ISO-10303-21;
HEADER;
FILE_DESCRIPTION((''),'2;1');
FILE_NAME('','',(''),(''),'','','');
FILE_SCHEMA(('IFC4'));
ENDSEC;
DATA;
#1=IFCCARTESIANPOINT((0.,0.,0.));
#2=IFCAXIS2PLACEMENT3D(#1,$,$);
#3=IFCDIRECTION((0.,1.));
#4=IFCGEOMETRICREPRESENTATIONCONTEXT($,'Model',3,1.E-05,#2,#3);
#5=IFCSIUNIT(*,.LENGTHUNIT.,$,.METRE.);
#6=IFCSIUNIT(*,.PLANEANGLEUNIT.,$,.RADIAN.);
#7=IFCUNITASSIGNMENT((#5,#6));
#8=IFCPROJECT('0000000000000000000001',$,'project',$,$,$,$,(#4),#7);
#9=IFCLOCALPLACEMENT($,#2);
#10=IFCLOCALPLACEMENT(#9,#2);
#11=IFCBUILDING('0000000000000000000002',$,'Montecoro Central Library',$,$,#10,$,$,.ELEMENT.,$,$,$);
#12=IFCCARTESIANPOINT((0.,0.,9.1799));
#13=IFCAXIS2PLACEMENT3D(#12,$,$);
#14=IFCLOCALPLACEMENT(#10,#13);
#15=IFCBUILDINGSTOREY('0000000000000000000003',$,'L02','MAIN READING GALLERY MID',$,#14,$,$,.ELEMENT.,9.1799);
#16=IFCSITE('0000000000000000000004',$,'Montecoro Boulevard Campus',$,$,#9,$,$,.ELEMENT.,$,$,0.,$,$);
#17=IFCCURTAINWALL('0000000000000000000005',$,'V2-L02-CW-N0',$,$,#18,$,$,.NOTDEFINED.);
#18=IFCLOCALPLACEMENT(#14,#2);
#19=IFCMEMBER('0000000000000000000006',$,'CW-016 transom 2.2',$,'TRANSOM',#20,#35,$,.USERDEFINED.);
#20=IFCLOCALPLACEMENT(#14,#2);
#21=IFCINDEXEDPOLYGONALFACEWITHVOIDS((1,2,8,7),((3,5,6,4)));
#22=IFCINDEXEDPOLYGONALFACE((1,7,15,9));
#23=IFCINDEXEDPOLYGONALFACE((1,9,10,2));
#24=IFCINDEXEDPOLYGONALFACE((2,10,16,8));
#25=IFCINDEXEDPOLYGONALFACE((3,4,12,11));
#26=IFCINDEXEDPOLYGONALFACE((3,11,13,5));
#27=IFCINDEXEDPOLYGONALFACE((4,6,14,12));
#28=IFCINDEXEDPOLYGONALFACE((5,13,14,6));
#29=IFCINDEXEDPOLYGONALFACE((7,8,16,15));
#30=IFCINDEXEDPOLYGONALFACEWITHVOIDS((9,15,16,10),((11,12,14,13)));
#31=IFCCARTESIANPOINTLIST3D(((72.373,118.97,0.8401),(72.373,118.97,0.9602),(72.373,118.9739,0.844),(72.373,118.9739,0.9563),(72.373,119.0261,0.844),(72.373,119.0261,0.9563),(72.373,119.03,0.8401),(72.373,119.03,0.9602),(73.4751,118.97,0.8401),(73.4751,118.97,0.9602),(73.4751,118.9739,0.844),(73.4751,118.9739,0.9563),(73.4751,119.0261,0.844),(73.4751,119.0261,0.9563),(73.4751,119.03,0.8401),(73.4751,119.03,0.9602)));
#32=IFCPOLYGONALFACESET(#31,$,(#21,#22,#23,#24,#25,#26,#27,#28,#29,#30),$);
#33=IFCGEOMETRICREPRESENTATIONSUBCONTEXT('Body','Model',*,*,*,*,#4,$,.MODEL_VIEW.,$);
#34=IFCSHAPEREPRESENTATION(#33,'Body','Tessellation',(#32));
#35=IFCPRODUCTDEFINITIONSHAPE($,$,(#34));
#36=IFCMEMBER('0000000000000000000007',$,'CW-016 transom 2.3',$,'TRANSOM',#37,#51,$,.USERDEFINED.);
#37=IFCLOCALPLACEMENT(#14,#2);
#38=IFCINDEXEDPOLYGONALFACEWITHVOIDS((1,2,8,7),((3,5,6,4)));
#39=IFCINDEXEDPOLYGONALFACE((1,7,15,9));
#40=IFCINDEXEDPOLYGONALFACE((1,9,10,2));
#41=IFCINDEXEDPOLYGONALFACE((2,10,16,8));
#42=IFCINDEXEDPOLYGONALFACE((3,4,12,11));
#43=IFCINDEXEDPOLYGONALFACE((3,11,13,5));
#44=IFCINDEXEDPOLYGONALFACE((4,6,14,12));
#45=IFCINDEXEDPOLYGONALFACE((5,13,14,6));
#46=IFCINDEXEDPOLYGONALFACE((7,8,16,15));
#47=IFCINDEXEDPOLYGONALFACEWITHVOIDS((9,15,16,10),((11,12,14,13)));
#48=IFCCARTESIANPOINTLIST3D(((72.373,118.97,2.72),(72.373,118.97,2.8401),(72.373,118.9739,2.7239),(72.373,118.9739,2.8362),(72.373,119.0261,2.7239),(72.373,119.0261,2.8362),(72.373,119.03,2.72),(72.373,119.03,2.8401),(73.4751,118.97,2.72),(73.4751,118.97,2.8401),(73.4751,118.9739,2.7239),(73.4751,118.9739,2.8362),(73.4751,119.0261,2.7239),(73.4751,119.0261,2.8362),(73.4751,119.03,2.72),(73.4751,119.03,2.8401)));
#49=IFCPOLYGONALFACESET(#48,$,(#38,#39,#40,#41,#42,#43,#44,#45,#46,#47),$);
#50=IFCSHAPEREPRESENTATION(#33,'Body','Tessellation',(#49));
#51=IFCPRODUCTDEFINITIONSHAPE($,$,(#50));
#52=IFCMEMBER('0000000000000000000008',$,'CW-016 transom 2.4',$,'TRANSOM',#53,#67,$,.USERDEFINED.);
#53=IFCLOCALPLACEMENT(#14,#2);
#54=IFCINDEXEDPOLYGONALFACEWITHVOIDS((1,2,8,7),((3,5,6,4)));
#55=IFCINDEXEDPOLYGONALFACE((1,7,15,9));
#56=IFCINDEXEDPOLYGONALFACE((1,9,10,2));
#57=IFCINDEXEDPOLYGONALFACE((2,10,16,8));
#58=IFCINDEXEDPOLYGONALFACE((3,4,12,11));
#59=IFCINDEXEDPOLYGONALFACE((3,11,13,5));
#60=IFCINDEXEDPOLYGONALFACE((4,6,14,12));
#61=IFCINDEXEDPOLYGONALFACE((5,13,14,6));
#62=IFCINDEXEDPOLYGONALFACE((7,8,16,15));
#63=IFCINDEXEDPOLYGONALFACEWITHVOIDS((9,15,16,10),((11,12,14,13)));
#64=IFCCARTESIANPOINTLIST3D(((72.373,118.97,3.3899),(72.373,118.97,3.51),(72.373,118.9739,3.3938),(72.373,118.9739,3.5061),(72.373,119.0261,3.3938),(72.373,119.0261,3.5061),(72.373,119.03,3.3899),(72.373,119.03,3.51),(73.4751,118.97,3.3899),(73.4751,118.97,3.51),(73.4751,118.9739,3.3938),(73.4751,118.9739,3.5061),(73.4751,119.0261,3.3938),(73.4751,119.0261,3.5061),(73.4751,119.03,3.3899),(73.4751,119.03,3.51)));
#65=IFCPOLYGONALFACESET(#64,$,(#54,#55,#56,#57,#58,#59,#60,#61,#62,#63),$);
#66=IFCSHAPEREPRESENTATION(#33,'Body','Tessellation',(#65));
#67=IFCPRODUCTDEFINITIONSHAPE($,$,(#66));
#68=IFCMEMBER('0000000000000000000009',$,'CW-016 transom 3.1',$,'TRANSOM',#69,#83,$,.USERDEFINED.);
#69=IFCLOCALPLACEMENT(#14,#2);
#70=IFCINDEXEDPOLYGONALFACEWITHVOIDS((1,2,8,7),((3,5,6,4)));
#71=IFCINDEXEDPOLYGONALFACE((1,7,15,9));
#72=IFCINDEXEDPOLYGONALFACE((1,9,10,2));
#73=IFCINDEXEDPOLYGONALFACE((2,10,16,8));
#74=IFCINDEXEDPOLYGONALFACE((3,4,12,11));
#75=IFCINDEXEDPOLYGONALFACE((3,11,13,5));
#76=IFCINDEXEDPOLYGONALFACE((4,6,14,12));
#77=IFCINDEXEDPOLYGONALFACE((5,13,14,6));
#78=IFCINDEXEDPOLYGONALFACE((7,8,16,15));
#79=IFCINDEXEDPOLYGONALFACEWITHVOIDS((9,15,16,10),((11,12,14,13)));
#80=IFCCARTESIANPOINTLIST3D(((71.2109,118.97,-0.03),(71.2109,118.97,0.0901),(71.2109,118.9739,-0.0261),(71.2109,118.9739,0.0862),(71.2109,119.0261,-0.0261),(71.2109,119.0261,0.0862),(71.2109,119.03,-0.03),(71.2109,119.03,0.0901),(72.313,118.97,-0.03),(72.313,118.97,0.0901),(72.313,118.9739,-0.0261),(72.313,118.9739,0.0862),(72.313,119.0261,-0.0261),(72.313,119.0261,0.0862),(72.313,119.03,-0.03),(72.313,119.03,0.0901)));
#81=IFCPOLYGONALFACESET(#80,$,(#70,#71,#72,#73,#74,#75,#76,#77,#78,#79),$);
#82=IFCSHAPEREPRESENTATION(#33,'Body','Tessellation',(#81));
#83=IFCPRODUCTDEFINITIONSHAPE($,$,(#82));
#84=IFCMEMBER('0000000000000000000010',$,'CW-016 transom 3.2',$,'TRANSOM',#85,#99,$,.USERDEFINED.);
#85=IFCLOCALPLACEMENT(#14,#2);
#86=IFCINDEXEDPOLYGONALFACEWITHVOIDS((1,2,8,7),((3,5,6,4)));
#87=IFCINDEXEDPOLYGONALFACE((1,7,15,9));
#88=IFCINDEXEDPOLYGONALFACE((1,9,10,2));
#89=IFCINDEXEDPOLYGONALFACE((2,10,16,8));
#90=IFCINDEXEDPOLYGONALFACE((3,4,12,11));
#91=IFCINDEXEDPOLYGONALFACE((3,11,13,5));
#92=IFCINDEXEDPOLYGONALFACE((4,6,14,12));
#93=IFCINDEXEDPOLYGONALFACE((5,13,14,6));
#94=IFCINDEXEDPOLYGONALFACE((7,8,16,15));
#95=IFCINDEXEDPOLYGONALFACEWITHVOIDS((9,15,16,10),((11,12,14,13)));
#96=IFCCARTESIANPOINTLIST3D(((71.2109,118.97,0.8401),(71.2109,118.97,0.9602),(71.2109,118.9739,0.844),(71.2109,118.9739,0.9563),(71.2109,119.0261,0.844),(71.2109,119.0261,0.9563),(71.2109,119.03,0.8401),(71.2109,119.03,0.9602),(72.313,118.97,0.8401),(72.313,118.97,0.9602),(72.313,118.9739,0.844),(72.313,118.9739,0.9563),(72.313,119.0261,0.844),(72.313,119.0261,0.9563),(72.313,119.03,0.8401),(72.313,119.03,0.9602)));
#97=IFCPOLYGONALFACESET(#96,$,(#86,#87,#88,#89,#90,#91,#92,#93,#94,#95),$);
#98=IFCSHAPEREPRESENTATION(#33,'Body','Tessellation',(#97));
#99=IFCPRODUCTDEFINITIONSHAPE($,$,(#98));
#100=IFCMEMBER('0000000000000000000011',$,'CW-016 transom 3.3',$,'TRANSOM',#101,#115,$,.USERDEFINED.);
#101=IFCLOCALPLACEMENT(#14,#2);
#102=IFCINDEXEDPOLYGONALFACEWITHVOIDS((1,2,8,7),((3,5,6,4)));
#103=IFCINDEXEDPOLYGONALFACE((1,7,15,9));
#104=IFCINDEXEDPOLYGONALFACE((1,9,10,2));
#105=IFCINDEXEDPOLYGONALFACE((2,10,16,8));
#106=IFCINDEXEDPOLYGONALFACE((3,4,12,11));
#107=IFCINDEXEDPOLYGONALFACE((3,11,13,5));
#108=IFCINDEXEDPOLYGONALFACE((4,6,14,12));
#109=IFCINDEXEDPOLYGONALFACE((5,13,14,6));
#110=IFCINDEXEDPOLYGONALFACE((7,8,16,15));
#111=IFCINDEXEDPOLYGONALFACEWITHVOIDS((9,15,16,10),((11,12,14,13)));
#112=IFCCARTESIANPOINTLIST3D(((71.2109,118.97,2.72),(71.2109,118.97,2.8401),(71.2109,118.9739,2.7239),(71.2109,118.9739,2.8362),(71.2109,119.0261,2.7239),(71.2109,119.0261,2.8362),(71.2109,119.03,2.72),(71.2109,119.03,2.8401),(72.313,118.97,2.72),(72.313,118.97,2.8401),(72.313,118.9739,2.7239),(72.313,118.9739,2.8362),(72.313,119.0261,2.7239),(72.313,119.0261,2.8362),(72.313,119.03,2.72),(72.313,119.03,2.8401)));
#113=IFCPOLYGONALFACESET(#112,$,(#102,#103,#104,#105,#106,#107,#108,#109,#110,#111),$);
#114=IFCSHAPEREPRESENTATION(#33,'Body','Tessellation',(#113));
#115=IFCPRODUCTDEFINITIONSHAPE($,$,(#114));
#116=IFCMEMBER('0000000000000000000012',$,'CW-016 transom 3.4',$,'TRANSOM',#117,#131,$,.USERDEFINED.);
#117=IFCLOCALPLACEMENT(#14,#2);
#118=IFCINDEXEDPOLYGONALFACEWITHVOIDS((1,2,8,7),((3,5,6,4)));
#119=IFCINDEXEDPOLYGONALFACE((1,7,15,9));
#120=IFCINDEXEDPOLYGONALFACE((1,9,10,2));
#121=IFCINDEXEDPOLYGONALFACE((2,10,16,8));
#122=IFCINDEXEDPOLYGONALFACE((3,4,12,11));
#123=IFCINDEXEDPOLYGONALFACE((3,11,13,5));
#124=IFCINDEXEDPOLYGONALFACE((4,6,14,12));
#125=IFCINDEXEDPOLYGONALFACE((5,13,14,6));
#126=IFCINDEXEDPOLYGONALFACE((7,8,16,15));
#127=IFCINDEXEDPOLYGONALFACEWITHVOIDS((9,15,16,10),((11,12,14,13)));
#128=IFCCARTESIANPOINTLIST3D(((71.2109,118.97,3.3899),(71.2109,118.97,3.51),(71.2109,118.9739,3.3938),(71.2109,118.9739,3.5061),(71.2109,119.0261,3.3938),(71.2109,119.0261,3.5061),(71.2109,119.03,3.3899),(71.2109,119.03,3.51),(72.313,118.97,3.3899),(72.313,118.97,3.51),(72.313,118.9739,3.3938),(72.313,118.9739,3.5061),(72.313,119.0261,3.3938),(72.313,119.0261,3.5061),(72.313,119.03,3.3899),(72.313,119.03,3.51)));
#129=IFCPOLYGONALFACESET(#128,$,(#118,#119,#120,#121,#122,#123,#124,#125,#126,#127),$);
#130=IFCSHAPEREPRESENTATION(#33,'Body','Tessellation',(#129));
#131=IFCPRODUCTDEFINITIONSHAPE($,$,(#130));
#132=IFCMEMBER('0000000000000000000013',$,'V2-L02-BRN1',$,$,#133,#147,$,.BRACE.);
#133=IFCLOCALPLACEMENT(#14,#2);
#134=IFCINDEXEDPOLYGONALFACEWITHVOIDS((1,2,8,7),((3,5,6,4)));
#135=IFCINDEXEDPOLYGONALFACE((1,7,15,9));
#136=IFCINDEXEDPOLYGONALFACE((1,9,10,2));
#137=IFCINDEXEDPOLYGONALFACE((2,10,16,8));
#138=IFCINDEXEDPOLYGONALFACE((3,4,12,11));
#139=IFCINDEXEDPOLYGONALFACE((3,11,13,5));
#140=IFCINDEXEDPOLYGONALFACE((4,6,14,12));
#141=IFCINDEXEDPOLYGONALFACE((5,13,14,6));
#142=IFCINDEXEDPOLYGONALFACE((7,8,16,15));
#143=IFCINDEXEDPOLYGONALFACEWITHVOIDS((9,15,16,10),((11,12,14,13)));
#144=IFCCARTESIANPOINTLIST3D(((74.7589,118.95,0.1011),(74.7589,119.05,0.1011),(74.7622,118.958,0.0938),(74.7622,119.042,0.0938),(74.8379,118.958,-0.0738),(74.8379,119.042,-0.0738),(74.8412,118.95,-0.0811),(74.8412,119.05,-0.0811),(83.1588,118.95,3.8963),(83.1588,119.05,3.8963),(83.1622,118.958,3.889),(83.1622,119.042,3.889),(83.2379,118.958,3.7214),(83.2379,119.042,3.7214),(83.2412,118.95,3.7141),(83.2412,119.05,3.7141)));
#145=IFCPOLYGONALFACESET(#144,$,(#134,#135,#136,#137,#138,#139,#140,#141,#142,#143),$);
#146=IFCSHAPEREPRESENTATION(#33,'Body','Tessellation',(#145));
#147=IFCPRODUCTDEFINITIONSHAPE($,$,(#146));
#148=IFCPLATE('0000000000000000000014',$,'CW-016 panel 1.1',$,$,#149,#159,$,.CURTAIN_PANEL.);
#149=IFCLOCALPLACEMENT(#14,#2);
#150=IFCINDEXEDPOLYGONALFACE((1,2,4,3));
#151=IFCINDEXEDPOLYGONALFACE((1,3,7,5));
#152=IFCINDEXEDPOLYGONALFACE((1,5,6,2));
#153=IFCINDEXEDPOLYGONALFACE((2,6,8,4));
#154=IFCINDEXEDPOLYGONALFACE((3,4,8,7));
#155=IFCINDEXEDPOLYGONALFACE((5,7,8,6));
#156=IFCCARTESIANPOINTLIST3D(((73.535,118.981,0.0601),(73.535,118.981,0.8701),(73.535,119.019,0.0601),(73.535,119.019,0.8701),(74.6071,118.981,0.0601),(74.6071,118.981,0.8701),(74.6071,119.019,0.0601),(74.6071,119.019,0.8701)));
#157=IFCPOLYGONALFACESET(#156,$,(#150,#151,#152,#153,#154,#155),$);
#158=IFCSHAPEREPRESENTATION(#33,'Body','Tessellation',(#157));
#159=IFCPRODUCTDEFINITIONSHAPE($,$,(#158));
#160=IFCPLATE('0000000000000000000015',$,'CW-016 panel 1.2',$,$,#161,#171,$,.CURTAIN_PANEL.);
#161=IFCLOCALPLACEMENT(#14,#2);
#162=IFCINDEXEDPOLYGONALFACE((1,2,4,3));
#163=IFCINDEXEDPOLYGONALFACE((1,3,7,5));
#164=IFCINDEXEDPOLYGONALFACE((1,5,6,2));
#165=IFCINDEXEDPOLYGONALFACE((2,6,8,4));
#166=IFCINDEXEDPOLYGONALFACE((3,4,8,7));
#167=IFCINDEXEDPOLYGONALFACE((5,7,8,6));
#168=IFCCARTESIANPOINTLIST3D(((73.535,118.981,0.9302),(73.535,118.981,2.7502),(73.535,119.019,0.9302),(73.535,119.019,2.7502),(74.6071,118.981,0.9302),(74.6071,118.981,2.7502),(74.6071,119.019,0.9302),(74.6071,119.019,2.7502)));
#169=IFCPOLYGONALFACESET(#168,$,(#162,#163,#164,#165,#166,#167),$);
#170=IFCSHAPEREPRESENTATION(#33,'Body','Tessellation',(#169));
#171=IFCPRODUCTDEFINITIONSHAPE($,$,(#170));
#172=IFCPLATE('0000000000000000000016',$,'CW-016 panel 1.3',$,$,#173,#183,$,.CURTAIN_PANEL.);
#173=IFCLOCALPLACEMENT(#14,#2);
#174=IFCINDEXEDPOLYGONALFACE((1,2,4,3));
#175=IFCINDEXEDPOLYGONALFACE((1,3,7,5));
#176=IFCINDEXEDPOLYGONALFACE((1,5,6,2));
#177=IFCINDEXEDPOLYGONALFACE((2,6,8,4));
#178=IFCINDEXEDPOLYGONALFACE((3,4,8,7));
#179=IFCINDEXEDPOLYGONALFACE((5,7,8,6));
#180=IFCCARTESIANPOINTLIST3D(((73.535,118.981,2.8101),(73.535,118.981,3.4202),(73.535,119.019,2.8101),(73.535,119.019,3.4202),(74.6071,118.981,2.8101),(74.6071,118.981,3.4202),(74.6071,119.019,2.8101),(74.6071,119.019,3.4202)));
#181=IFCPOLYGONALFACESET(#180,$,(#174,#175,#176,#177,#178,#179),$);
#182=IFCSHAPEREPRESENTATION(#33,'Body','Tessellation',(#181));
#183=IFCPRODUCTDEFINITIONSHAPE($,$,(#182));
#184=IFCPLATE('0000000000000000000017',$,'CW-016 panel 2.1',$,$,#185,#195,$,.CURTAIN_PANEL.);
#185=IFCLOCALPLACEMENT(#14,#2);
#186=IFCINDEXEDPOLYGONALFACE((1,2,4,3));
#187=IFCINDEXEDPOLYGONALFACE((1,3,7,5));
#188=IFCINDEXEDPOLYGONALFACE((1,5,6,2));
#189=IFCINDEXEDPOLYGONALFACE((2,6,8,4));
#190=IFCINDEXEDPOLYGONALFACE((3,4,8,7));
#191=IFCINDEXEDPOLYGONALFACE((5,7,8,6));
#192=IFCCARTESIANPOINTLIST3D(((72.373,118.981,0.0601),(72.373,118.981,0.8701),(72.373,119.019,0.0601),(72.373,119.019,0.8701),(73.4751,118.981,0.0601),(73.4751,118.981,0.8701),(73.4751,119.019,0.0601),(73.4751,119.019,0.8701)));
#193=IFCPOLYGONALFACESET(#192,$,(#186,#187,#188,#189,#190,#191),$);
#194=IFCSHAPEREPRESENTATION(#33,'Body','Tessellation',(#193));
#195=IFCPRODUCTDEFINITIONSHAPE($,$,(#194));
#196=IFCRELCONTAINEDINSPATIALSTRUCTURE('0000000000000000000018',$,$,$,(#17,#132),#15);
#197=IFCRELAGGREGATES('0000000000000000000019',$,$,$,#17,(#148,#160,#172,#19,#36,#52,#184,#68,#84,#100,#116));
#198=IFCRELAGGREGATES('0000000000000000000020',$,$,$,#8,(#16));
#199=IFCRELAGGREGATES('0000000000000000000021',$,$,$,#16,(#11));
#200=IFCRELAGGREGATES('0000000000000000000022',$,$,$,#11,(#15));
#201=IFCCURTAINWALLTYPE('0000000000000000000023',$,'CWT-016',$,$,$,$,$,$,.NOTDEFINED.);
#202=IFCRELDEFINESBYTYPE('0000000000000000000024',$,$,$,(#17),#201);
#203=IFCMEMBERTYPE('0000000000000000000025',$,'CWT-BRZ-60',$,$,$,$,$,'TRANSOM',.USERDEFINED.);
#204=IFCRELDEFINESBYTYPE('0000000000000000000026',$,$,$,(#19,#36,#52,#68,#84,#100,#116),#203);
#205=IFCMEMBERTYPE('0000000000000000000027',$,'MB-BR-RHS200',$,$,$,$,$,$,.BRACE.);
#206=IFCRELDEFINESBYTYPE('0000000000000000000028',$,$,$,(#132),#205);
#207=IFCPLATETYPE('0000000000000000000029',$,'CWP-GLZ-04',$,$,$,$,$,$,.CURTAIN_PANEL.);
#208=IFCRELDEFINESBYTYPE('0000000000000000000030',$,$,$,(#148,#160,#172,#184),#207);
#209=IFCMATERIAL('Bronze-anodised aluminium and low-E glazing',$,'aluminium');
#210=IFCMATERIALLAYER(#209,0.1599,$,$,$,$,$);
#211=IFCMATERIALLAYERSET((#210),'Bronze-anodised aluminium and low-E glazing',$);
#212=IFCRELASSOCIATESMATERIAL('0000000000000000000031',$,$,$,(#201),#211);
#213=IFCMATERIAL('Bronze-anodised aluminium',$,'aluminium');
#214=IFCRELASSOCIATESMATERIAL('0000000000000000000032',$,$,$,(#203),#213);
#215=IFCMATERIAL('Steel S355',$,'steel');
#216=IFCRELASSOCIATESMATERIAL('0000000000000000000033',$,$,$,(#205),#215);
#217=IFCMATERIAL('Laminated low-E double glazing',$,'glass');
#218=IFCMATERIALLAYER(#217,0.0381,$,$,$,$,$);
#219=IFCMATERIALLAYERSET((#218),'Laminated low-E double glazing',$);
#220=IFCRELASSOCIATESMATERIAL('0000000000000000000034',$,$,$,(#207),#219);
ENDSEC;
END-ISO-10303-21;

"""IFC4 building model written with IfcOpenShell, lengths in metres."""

from ifc_helpers import new_model, si_unit, direction, frame, origin, origin_2d, place, context, subcontext, project, spatial, rectangle, hollow_rectangle, extrude, material, layer, layer_set, material_profile, profile_set, type_object, element, aggregate, save


model = new_model("IFC4")

# Units and contexts
model_context = context("Model", 3, precision=1e-05, world=origin(), true_north=direction((0.0, 1.0)))
body_context = subcontext(model_context, "Body", "Model", "MODEL_VIEW")
ifc_project = project(units=[si_unit("LENGTHUNIT", "METRE"), si_unit("PLANEANGLEUNIT", "RADIAN")], contexts=[model_context])

# Site, building, storey
site_placement = place(None, origin())
site = spatial("IfcSite", under=ifc_project, at=site_placement, Name="Montecoro Boulevard Campus", CompositionType="ELEMENT", RefElevation=0.0)
building_placement = place(site_placement, origin())
building = spatial("IfcBuilding", under=site, at=building_placement, Name="Montecoro Central Library", CompositionType="ELEMENT")
storey_placement = place(building_placement, frame((0.0, 0.0, 9.1799)))
storey = spatial("IfcBuildingStorey", under=building, at=storey_placement, Name="L02", Description="MAIN READING GALLERY MID", CompositionType="ELEMENT", Elevation=9.1799)

# Shared definitions
ifc_material_1 = material(Name="Steel S355", Category="steel")

# Curtain wall, members
ifc_material_2 = material(Name="Bronze-anodised aluminium and low-E glazing", Category="aluminium")
ifc_layer_1 = layer(ifc_material_2, 0.1599)
ifc_layer_set_1 = layer_set([ifc_layer_1], Name="Bronze-anodised aluminium and low-E glazing")
curtain_wall_type = type_object("IfcCurtainWallType", Name="CWT-016", PredefinedType="NOTDEFINED", material=ifc_layer_set_1)
curtain_wall_placement = place(storey_placement, origin())
curtain_wall = element("IfcCurtainWall", 1, at=curtain_wall_placement, inside=storey, type_object=curtain_wall_type, Name="V2-L02-CW-N0", PredefinedType="NOTDEFINED")
ifc_material_3 = material(Name="Bronze-anodised aluminium", Category="aluminium")
ifc_material_profile_1 = material_profile(ifc_material_3, hollow_rectangle(XDim=0.0601, YDim=0.1201, WallThickness=0.0039, at=origin_2d()), Name="CWT 120x60x4.0")
ifc_profile_set_1 = profile_set([ifc_material_profile_1], Name="Bronze-anodised aluminium")
member_type_1 = type_object("IfcMemberType", Name="CWT-BRZ-60", ElementType="TRANSOM", PredefinedType="USERDEFINED", material=ifc_profile_set_1)
member_1_placement = place(storey_placement, frame((73.4751, 119.0, 0.9001), z_axis=(-1.0, 0.0, 0.0), x_axis=(0.0, -1.0, 0.0)))
member_1 = element("IfcMember", 2, at=member_1_placement, type_object=member_type_1, Name="CW-016 transom 2.2", ObjectType="TRANSOM", PredefinedType="USERDEFINED", context=body_context, shape_type="SweptSolid", body=[
    extrude(hollow_rectangle(XDim=0.0601, YDim=0.1201, WallThickness=0.0039, at=origin_2d()), origin(), (0.0, 0.0, 1.0), 1.1021),
])
member_2_placement = place(storey_placement, frame((73.4751, 119.0, 2.78), z_axis=(-1.0, 0.0, 0.0), x_axis=(0.0, -1.0, 0.0)))
member_2 = element("IfcMember", 3, at=member_2_placement, type_object=member_type_1, Name="CW-016 transom 2.3", ObjectType="TRANSOM", PredefinedType="USERDEFINED", context=body_context, shape_type="SweptSolid", body=[
    extrude(hollow_rectangle(XDim=0.0601, YDim=0.1201, WallThickness=0.0039, at=origin_2d()), origin(), (0.0, 0.0, 1.0), 1.1021),
])
member_3_placement = place(storey_placement, frame((73.4751, 119.0, 3.45), z_axis=(-1.0, 0.0, 0.0), x_axis=(0.0, -1.0, 0.0)))
member_3 = element("IfcMember", 4, at=member_3_placement, type_object=member_type_1, Name="CW-016 transom 2.4", ObjectType="TRANSOM", PredefinedType="USERDEFINED", context=body_context, shape_type="SweptSolid", body=[
    extrude(hollow_rectangle(XDim=0.0601, YDim=0.1201, WallThickness=0.0039, at=origin_2d()), origin(), (0.0, 0.0, 1.0), 1.1021),
])
member_4_placement = place(storey_placement, frame((72.313, 119.0, 0.03), z_axis=(-1.0, 0.0, 0.0), x_axis=(0.0, -1.0, 0.0)))
member_4 = element("IfcMember", 5, at=member_4_placement, type_object=member_type_1, Name="CW-016 transom 3.1", ObjectType="TRANSOM", PredefinedType="USERDEFINED", context=body_context, shape_type="SweptSolid", body=[
    extrude(hollow_rectangle(XDim=0.0601, YDim=0.1201, WallThickness=0.0039, at=origin_2d()), origin(), (0.0, 0.0, 1.0), 1.1021),
])
member_5_placement = place(storey_placement, frame((72.313, 119.0, 0.9001), z_axis=(-1.0, 0.0, 0.0), x_axis=(0.0, -1.0, 0.0)))
member_5 = element("IfcMember", 6, at=member_5_placement, type_object=member_type_1, Name="CW-016 transom 3.2", ObjectType="TRANSOM", PredefinedType="USERDEFINED", context=body_context, shape_type="SweptSolid", body=[
    extrude(hollow_rectangle(XDim=0.0601, YDim=0.1201, WallThickness=0.0039, at=origin_2d()), origin(), (0.0, 0.0, 1.0), 1.1021),
])
member_6_placement = place(storey_placement, frame((72.313, 119.0, 2.78), z_axis=(-1.0, 0.0, 0.0), x_axis=(0.0, -1.0, 0.0)))
member_6 = element("IfcMember", 7, at=member_6_placement, type_object=member_type_1, Name="CW-016 transom 3.3", ObjectType="TRANSOM", PredefinedType="USERDEFINED", context=body_context, shape_type="SweptSolid", body=[
    extrude(hollow_rectangle(XDim=0.0601, YDim=0.1201, WallThickness=0.0039, at=origin_2d()), origin(), (0.0, 0.0, 1.0), 1.1021),
])
member_7_placement = place(storey_placement, frame((72.313, 119.0, 3.45), z_axis=(-1.0, 0.0, 0.0), x_axis=(0.0, -1.0, 0.0)))
member_7 = element("IfcMember", 8, at=member_7_placement, type_object=member_type_1, Name="CW-016 transom 3.4", ObjectType="TRANSOM", PredefinedType="USERDEFINED", context=body_context, shape_type="SweptSolid", body=[
    extrude(hollow_rectangle(XDim=0.0601, YDim=0.1201, WallThickness=0.0039, at=origin_2d()), origin(), (0.0, 0.0, 1.0), 1.1021),
])

# Member
ifc_material_profile_2 = material_profile(ifc_material_1, hollow_rectangle(XDim=0.1001, YDim=0.2, WallThickness=0.0081, at=origin_2d()), Name="RHS 200x100x8.0")
ifc_profile_set_2 = profile_set([ifc_material_profile_2], Name="Steel S355")
member_type_2 = type_object("IfcMemberType", Name="MB-BR-RHS200", PredefinedType="BRACE", material=ifc_profile_set_2)
member_8_placement = place(storey_placement, frame((74.8, 119.0, 0.01), z_axis=(0.911303, 0.0, 0.411736), x_axis=(0.0, 1.0, 0.0)))
element("IfcMember", 9, at=member_8_placement, inside=storey, type_object=member_type_2, Name="V2-L02-BRN1", PredefinedType="BRACE", context=body_context, shape_type="SweptSolid", body=[
    extrude(hollow_rectangle(XDim=0.1001, YDim=0.2, WallThickness=0.0081, at=origin_2d()), origin(), (0.0, 0.0, 1.0), 9.2175),
])

# Plates
ifc_material_4 = material(Name="Laminated low-E double glazing", Category="glass")
ifc_layer_2 = layer(ifc_material_4, 0.0381)
ifc_layer_set_2 = layer_set([ifc_layer_2], Name="Laminated low-E double glazing")
plate_type = type_object("IfcPlateType", Name="CWP-GLZ-04", PredefinedType="CURTAIN_PANEL", material=ifc_layer_set_2)
plate_1_placement = place(storey_placement, frame((74.071, 119.0, 0.0601), z_axis=(0.0, 0.0, 1.0), x_axis=(-1.0, 0.0, 0.0)))
plate_1 = element("IfcPlate", 10, at=plate_1_placement, type_object=plate_type, Name="CW-016 panel 1.1", PredefinedType="CURTAIN_PANEL", context=body_context, shape_type="SweptSolid", body=[
    extrude(rectangle(XDim=1.072, YDim=0.0381, at=origin_2d()), origin(), (0.0, 0.0, 1.0), 0.8101),
])
plate_2_placement = place(storey_placement, frame((74.071, 119.0, 0.9302), z_axis=(0.0, 0.0, 1.0), x_axis=(-1.0, 0.0, 0.0)))
plate_2 = element("IfcPlate", 11, at=plate_2_placement, type_object=plate_type, Name="CW-016 panel 1.2", PredefinedType="CURTAIN_PANEL", context=body_context, shape_type="SweptSolid", body=[
    extrude(rectangle(XDim=1.072, YDim=0.0381, at=origin_2d()), origin(), (0.0, 0.0, 1.0), 1.8201),
])
plate_3_placement = place(storey_placement, frame((74.071, 119.0, 2.8101), z_axis=(0.0, 0.0, 1.0), x_axis=(-1.0, 0.0, 0.0)))
plate_3 = element("IfcPlate", 12, at=plate_3_placement, type_object=plate_type, Name="CW-016 panel 1.3", PredefinedType="CURTAIN_PANEL", context=body_context, shape_type="SweptSolid", body=[
    extrude(rectangle(XDim=1.072, YDim=0.0381, at=origin_2d()), origin(), (0.0, 0.0, 1.0), 0.6101),
])
plate_4_placement = place(storey_placement, frame((72.9241, 119.0, 0.0601), z_axis=(0.0, 0.0, 1.0), x_axis=(-1.0, 0.0, 0.0)))
plate_4 = element("IfcPlate", 13, at=plate_4_placement, type_object=plate_type, Name="CW-016 panel 2.1", PredefinedType="CURTAIN_PANEL", context=body_context, shape_type="SweptSolid", body=[
    extrude(rectangle(XDim=1.1021, YDim=0.0381, at=origin_2d()), origin(), (0.0, 0.0, 1.0), 0.8101),
])
aggregate(curtain_wall, [plate_1, plate_2, plate_3, member_1, member_2, member_3, plate_4, member_4, member_5, member_6, member_7])

save(model, "model.ifc")
